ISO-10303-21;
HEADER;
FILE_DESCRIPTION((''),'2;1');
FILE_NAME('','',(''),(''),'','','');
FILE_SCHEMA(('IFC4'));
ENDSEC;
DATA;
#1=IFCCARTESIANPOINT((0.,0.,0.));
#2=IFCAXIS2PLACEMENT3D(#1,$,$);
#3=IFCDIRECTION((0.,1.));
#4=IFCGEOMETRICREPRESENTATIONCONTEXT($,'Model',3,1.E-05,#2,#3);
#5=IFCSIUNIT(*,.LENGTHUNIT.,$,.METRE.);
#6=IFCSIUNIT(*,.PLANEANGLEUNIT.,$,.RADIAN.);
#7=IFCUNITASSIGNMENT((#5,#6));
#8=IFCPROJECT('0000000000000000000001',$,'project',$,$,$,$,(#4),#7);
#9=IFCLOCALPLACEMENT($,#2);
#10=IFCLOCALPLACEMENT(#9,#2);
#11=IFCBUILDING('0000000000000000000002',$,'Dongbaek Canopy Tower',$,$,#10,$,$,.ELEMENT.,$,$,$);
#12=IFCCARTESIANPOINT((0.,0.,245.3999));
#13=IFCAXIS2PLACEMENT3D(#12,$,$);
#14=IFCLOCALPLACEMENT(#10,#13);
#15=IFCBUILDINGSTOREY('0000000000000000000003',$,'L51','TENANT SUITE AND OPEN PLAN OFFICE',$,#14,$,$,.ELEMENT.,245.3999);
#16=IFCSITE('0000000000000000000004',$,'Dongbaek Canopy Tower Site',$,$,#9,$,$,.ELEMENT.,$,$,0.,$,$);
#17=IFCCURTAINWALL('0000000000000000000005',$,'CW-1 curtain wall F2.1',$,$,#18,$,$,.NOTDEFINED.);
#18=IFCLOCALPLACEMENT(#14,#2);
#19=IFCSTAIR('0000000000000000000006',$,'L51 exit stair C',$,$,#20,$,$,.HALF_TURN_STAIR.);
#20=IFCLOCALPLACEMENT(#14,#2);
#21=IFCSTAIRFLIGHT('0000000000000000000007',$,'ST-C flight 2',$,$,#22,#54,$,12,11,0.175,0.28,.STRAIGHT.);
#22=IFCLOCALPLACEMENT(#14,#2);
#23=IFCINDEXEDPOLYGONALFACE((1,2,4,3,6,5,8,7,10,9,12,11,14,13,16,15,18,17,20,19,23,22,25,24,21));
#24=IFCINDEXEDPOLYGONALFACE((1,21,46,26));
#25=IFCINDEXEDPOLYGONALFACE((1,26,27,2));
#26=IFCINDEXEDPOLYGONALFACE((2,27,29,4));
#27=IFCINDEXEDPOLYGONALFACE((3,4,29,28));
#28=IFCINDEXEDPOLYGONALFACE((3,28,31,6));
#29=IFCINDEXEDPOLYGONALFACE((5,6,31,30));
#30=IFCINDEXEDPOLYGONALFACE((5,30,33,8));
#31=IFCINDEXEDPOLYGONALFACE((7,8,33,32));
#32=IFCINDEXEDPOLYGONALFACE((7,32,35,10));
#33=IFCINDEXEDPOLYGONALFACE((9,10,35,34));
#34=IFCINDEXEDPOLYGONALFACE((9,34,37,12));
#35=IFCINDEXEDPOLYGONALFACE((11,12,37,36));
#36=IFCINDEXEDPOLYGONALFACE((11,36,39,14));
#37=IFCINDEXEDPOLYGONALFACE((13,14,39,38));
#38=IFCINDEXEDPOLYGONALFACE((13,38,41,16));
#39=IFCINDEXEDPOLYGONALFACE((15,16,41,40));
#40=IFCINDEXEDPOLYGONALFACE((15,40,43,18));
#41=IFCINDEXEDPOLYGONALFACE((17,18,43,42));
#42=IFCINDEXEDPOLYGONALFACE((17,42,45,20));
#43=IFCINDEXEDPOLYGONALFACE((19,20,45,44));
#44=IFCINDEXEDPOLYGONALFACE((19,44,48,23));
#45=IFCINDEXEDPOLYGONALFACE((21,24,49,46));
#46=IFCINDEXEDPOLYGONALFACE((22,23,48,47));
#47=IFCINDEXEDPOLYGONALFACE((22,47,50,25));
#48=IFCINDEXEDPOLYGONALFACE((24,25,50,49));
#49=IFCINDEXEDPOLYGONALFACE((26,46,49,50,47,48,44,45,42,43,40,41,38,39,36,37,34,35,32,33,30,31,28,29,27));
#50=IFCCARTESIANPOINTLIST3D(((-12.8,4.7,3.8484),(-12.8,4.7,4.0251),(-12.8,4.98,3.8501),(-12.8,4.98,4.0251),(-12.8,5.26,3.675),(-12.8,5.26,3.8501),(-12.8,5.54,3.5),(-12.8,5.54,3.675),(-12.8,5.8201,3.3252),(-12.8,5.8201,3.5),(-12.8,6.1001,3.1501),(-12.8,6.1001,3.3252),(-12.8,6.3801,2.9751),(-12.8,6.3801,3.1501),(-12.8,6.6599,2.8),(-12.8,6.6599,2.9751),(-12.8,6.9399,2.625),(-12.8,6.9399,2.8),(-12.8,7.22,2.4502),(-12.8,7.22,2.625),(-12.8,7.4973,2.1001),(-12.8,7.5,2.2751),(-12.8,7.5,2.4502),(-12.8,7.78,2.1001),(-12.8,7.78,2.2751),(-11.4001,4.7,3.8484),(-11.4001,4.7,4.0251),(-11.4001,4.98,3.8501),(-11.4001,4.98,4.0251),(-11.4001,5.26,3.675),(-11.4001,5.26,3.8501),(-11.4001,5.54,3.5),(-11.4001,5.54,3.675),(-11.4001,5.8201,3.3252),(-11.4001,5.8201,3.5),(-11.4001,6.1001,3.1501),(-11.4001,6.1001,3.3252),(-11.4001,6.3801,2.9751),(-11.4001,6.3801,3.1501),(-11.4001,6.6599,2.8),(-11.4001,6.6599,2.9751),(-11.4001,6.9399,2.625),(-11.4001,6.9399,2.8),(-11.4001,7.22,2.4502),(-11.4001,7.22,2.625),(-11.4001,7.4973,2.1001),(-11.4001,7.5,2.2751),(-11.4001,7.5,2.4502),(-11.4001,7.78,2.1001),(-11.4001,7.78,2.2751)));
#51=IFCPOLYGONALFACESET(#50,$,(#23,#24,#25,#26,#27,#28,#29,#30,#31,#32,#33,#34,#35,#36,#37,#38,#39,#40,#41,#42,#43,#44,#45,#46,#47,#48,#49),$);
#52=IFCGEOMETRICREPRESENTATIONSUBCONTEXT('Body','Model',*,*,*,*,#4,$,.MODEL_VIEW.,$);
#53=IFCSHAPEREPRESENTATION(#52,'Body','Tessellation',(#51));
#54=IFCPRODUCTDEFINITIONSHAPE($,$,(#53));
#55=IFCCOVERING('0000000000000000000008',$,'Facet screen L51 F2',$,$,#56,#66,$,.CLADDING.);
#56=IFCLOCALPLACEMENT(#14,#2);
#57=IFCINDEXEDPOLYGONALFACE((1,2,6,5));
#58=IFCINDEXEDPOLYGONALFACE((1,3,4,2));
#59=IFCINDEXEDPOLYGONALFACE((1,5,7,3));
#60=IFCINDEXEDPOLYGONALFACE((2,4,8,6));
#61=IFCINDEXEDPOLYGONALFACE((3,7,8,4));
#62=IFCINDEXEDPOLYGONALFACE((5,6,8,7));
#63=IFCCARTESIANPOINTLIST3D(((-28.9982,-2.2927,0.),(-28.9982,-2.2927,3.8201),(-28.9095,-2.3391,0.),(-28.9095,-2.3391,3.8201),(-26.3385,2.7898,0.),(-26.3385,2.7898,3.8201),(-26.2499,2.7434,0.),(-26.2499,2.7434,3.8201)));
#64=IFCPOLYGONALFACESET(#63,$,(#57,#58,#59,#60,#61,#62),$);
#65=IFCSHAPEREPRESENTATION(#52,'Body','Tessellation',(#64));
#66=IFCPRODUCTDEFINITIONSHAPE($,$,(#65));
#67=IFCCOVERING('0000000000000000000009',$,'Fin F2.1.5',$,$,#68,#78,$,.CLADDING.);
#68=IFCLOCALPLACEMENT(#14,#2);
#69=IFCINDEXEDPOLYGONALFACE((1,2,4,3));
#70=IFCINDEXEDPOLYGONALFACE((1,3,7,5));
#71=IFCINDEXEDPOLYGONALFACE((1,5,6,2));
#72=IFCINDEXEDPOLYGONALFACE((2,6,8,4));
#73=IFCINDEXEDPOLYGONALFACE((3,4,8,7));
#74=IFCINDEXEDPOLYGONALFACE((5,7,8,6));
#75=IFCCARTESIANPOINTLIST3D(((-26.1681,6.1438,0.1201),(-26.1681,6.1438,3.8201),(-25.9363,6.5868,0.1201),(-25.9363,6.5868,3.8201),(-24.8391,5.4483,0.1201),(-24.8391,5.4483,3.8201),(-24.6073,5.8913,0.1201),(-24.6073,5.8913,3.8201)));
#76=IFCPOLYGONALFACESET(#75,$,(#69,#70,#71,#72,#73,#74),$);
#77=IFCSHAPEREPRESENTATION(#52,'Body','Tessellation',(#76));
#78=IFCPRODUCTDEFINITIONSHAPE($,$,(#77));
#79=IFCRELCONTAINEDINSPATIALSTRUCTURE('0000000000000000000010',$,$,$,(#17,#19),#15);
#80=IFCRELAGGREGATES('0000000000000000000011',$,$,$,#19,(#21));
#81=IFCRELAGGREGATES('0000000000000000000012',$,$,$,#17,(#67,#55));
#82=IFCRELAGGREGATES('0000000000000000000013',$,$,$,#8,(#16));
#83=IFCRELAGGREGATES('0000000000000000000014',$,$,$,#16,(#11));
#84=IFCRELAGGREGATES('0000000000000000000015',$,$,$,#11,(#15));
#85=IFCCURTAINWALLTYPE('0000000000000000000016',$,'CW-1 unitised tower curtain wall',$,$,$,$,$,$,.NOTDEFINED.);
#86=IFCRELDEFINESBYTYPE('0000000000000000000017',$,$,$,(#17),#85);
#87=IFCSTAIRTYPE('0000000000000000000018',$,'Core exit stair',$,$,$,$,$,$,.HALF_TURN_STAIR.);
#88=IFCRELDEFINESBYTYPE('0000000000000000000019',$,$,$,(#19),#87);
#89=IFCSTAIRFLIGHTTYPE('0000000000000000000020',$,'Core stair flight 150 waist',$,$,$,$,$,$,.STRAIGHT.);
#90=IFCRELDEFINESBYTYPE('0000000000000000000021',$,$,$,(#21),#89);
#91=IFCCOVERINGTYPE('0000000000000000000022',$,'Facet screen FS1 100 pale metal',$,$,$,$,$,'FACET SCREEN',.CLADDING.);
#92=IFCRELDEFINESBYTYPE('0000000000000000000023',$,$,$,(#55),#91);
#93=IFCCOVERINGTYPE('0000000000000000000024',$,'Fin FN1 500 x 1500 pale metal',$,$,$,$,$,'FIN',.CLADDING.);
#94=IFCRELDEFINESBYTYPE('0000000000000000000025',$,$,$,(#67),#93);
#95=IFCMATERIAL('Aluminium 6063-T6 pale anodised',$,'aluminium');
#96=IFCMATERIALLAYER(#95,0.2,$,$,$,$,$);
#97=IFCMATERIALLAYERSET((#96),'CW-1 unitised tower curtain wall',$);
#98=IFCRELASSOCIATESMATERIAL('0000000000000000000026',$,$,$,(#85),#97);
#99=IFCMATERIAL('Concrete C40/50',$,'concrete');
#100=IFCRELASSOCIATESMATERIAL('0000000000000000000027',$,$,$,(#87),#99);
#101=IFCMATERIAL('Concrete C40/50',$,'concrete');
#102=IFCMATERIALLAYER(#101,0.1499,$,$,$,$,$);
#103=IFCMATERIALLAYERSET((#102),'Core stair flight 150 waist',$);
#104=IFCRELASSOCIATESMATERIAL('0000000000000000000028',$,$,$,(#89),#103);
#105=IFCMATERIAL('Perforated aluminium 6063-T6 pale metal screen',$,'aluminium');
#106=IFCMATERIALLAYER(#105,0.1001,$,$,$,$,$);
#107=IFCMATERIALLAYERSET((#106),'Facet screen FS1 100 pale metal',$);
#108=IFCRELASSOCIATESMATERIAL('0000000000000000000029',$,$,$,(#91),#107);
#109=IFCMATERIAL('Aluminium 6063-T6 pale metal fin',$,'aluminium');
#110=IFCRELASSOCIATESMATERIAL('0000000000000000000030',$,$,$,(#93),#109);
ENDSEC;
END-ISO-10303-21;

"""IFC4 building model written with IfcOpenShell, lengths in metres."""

from ifc_helpers import new_model, si_unit, direction, frame, origin, origin_2d, place, context, subcontext, project, spatial, polyline, rectangle, outline, extrude, material, layer, layer_set, material_profile, profile_set, type_object, element, aggregate, save


model = new_model("IFC4")

# Units and contexts
model_context = context("Model", 3, precision=1e-05, world=origin(), true_north=direction((0.0, 1.0)))
body_context = subcontext(model_context, "Body", "Model", "MODEL_VIEW")
ifc_project = project(units=[si_unit("LENGTHUNIT", "METRE"), si_unit("PLANEANGLEUNIT", "RADIAN")], contexts=[model_context])

# Site, building, storey
site_placement = place(None, origin())
site = spatial("IfcSite", under=ifc_project, at=site_placement, Name="Dongbaek Canopy Tower Site", CompositionType="ELEMENT", RefElevation=0.0)
building_placement = place(site_placement, origin())
building = spatial("IfcBuilding", under=site, at=building_placement, Name="Dongbaek Canopy Tower", CompositionType="ELEMENT")
storey_placement = place(building_placement, frame((0.0, 0.0, 245.3999)))
storey = spatial("IfcBuildingStorey", under=building, at=storey_placement, Name="L51", Description="TENANT SUITE AND OPEN PLAN OFFICE", CompositionType="ELEMENT", Elevation=245.3999)

# Curtain wall
ifc_material_1 = material(Name="Aluminium 6063-T6 pale anodised", Category="aluminium")
ifc_layer_1 = layer(ifc_material_1, 0.2)
ifc_layer_set_1 = layer_set([ifc_layer_1], Name="CW-1 unitised tower curtain wall")
curtain_wall_type = type_object("IfcCurtainWallType", Name="CW-1 unitised tower curtain wall", PredefinedType="NOTDEFINED", material=ifc_layer_set_1)
curtain_wall_placement = place(storey_placement, origin())
curtain_wall = element("IfcCurtainWall", 1, at=curtain_wall_placement, inside=storey, type_object=curtain_wall_type, Name="CW-1 curtain wall F2.1", PredefinedType="NOTDEFINED")

# Stair, stair flight
ifc_material_2 = material(Name="Concrete C40/50", Category="concrete")
stair_type = type_object("IfcStairType", Name="Core exit stair", PredefinedType="HALF_TURN_STAIR", material=ifc_material_2)
stair_placement = place(storey_placement, origin())
stair = element("IfcStair", 2, at=stair_placement, inside=storey, type_object=stair_type, Name="L51 exit stair C", PredefinedType="HALF_TURN_STAIR")
ifc_material_3 = material(Name="Concrete C40/50", Category="concrete")
ifc_layer_2 = layer(ifc_material_3, 0.1499)
ifc_layer_set_2 = layer_set([ifc_layer_2], Name="Core stair flight 150 waist")
stair_flight_type = type_object("IfcStairFlightType", Name="Core stair flight 150 waist", PredefinedType="STRAIGHT", material=ifc_layer_set_2)
stair_flight_1_placement = place(storey_placement, frame((-12.1001, 7.78, 2.1001), z_axis=(0.0, 0.0, 1.0), x_axis=(0.0, -1.0, 0.0)))
stair_flight_1 = element("IfcStairFlight", 3, at=stair_flight_1_placement, type_object=stair_flight_type, Name="ST-C flight 2", NumberOfRisers=12, NumberOfTreads=11, PredefinedType="STRAIGHT", RiserHeight=0.175, TreadLength=0.28, context=body_context, shape_type="SweptSolid", body=[
    extrude(outline(polyline([(0.0, 0.0), (0.0, 0.175), (0.28, 0.175), (0.28, 0.3501), (0.5601, 0.3501), (0.5601, 0.5249), (0.8401, 0.5249), (0.8401, 0.7), (1.1201, 0.7), (1.1201, 0.875), (1.3999, 0.875), (1.3999, 1.05), (1.6799, 1.05), (1.6799, 1.2251), (1.96, 1.2251), (1.96, 1.3999), (2.24, 1.3999), (2.24, 1.575), (2.52, 1.575), (2.52, 1.75), (2.8, 1.75), (2.8, 1.925), (3.0801, 1.925), (3.0801, 2.1001), (3.0801, 1.7483), (0.2827, 0.0), (0.0, 0.0)])), frame((0.0, 0.7, 0.0), z_axis=(0.0, -1.0, 0.0), x_axis=(1.0, 0.0, 0.0)), (0.0, 0.0, 1.0), 1.3999),
])
aggregate(stair, [stair_flight_1])

# Coverings
ifc_material_4 = material(Name="Perforated aluminium 6063-T6 pale metal screen", Category="aluminium")
ifc_layer_3 = layer(ifc_material_4, 0.1001)
ifc_layer_set_3 = layer_set([ifc_layer_3], Name="Facet screen FS1 100 pale metal")
covering_type_1 = type_object("IfcCoveringType", Name="Facet screen FS1 100 pale metal", ElementType="FACET SCREEN", PredefinedType="CLADDING", material=ifc_layer_set_3)
covering_1_placement = place(storey_placement, frame((-27.624, 0.2253, 0.0), z_axis=(0.0, 0.0, 1.0), x_axis=(-0.463649, -0.886019, 0.0)))
covering_1 = element("IfcCovering", 4, at=covering_1_placement, type_object=covering_type_1, Name="Facet screen L51 F2", PredefinedType="CLADDING", context=body_context, shape_type="SweptSolid", body=[
    extrude(rectangle(XDim=5.7363, YDim=0.1001, at=origin_2d()), origin(), (0.0, 0.0, 1.0), 3.8201),
])
ifc_material_5 = material(Name="Aluminium 6063-T6 pale metal fin", Category="aluminium")
ifc_material_profile_1 = material_profile(ifc_material_5, rectangle(XDim=1.5, YDim=0.5, at=origin_2d()), Name="Fin FN1 500 x 1500 pale metal")
ifc_profile_set_1 = profile_set([ifc_material_profile_1], Name="Aluminium 6063-T6 pale metal fin")
covering_type_2 = type_object("IfcCoveringType", Name="Fin FN1 500 x 1500 pale metal", ElementType="FIN", PredefinedType="CLADDING", material=ifc_profile_set_1)
covering_2_placement = place(storey_placement, frame((-25.3877, 6.0176, 0.1201), z_axis=(0.0, 0.0, 1.0), x_axis=(-0.886019, 0.463649, 0.0)))
covering_2 = element("IfcCovering", 5, at=covering_2_placement, type_object=covering_type_2, Name="Fin F2.1.5", PredefinedType="CLADDING", context=body_context, shape_type="SweptSolid", body=[
    extrude(rectangle(XDim=1.5, YDim=0.5, at=origin_2d()), origin(), (0.0, 0.0, 1.0), 3.7),
])
aggregate(curtain_wall, [covering_2, covering_1])

save(model, "model.ifc")
